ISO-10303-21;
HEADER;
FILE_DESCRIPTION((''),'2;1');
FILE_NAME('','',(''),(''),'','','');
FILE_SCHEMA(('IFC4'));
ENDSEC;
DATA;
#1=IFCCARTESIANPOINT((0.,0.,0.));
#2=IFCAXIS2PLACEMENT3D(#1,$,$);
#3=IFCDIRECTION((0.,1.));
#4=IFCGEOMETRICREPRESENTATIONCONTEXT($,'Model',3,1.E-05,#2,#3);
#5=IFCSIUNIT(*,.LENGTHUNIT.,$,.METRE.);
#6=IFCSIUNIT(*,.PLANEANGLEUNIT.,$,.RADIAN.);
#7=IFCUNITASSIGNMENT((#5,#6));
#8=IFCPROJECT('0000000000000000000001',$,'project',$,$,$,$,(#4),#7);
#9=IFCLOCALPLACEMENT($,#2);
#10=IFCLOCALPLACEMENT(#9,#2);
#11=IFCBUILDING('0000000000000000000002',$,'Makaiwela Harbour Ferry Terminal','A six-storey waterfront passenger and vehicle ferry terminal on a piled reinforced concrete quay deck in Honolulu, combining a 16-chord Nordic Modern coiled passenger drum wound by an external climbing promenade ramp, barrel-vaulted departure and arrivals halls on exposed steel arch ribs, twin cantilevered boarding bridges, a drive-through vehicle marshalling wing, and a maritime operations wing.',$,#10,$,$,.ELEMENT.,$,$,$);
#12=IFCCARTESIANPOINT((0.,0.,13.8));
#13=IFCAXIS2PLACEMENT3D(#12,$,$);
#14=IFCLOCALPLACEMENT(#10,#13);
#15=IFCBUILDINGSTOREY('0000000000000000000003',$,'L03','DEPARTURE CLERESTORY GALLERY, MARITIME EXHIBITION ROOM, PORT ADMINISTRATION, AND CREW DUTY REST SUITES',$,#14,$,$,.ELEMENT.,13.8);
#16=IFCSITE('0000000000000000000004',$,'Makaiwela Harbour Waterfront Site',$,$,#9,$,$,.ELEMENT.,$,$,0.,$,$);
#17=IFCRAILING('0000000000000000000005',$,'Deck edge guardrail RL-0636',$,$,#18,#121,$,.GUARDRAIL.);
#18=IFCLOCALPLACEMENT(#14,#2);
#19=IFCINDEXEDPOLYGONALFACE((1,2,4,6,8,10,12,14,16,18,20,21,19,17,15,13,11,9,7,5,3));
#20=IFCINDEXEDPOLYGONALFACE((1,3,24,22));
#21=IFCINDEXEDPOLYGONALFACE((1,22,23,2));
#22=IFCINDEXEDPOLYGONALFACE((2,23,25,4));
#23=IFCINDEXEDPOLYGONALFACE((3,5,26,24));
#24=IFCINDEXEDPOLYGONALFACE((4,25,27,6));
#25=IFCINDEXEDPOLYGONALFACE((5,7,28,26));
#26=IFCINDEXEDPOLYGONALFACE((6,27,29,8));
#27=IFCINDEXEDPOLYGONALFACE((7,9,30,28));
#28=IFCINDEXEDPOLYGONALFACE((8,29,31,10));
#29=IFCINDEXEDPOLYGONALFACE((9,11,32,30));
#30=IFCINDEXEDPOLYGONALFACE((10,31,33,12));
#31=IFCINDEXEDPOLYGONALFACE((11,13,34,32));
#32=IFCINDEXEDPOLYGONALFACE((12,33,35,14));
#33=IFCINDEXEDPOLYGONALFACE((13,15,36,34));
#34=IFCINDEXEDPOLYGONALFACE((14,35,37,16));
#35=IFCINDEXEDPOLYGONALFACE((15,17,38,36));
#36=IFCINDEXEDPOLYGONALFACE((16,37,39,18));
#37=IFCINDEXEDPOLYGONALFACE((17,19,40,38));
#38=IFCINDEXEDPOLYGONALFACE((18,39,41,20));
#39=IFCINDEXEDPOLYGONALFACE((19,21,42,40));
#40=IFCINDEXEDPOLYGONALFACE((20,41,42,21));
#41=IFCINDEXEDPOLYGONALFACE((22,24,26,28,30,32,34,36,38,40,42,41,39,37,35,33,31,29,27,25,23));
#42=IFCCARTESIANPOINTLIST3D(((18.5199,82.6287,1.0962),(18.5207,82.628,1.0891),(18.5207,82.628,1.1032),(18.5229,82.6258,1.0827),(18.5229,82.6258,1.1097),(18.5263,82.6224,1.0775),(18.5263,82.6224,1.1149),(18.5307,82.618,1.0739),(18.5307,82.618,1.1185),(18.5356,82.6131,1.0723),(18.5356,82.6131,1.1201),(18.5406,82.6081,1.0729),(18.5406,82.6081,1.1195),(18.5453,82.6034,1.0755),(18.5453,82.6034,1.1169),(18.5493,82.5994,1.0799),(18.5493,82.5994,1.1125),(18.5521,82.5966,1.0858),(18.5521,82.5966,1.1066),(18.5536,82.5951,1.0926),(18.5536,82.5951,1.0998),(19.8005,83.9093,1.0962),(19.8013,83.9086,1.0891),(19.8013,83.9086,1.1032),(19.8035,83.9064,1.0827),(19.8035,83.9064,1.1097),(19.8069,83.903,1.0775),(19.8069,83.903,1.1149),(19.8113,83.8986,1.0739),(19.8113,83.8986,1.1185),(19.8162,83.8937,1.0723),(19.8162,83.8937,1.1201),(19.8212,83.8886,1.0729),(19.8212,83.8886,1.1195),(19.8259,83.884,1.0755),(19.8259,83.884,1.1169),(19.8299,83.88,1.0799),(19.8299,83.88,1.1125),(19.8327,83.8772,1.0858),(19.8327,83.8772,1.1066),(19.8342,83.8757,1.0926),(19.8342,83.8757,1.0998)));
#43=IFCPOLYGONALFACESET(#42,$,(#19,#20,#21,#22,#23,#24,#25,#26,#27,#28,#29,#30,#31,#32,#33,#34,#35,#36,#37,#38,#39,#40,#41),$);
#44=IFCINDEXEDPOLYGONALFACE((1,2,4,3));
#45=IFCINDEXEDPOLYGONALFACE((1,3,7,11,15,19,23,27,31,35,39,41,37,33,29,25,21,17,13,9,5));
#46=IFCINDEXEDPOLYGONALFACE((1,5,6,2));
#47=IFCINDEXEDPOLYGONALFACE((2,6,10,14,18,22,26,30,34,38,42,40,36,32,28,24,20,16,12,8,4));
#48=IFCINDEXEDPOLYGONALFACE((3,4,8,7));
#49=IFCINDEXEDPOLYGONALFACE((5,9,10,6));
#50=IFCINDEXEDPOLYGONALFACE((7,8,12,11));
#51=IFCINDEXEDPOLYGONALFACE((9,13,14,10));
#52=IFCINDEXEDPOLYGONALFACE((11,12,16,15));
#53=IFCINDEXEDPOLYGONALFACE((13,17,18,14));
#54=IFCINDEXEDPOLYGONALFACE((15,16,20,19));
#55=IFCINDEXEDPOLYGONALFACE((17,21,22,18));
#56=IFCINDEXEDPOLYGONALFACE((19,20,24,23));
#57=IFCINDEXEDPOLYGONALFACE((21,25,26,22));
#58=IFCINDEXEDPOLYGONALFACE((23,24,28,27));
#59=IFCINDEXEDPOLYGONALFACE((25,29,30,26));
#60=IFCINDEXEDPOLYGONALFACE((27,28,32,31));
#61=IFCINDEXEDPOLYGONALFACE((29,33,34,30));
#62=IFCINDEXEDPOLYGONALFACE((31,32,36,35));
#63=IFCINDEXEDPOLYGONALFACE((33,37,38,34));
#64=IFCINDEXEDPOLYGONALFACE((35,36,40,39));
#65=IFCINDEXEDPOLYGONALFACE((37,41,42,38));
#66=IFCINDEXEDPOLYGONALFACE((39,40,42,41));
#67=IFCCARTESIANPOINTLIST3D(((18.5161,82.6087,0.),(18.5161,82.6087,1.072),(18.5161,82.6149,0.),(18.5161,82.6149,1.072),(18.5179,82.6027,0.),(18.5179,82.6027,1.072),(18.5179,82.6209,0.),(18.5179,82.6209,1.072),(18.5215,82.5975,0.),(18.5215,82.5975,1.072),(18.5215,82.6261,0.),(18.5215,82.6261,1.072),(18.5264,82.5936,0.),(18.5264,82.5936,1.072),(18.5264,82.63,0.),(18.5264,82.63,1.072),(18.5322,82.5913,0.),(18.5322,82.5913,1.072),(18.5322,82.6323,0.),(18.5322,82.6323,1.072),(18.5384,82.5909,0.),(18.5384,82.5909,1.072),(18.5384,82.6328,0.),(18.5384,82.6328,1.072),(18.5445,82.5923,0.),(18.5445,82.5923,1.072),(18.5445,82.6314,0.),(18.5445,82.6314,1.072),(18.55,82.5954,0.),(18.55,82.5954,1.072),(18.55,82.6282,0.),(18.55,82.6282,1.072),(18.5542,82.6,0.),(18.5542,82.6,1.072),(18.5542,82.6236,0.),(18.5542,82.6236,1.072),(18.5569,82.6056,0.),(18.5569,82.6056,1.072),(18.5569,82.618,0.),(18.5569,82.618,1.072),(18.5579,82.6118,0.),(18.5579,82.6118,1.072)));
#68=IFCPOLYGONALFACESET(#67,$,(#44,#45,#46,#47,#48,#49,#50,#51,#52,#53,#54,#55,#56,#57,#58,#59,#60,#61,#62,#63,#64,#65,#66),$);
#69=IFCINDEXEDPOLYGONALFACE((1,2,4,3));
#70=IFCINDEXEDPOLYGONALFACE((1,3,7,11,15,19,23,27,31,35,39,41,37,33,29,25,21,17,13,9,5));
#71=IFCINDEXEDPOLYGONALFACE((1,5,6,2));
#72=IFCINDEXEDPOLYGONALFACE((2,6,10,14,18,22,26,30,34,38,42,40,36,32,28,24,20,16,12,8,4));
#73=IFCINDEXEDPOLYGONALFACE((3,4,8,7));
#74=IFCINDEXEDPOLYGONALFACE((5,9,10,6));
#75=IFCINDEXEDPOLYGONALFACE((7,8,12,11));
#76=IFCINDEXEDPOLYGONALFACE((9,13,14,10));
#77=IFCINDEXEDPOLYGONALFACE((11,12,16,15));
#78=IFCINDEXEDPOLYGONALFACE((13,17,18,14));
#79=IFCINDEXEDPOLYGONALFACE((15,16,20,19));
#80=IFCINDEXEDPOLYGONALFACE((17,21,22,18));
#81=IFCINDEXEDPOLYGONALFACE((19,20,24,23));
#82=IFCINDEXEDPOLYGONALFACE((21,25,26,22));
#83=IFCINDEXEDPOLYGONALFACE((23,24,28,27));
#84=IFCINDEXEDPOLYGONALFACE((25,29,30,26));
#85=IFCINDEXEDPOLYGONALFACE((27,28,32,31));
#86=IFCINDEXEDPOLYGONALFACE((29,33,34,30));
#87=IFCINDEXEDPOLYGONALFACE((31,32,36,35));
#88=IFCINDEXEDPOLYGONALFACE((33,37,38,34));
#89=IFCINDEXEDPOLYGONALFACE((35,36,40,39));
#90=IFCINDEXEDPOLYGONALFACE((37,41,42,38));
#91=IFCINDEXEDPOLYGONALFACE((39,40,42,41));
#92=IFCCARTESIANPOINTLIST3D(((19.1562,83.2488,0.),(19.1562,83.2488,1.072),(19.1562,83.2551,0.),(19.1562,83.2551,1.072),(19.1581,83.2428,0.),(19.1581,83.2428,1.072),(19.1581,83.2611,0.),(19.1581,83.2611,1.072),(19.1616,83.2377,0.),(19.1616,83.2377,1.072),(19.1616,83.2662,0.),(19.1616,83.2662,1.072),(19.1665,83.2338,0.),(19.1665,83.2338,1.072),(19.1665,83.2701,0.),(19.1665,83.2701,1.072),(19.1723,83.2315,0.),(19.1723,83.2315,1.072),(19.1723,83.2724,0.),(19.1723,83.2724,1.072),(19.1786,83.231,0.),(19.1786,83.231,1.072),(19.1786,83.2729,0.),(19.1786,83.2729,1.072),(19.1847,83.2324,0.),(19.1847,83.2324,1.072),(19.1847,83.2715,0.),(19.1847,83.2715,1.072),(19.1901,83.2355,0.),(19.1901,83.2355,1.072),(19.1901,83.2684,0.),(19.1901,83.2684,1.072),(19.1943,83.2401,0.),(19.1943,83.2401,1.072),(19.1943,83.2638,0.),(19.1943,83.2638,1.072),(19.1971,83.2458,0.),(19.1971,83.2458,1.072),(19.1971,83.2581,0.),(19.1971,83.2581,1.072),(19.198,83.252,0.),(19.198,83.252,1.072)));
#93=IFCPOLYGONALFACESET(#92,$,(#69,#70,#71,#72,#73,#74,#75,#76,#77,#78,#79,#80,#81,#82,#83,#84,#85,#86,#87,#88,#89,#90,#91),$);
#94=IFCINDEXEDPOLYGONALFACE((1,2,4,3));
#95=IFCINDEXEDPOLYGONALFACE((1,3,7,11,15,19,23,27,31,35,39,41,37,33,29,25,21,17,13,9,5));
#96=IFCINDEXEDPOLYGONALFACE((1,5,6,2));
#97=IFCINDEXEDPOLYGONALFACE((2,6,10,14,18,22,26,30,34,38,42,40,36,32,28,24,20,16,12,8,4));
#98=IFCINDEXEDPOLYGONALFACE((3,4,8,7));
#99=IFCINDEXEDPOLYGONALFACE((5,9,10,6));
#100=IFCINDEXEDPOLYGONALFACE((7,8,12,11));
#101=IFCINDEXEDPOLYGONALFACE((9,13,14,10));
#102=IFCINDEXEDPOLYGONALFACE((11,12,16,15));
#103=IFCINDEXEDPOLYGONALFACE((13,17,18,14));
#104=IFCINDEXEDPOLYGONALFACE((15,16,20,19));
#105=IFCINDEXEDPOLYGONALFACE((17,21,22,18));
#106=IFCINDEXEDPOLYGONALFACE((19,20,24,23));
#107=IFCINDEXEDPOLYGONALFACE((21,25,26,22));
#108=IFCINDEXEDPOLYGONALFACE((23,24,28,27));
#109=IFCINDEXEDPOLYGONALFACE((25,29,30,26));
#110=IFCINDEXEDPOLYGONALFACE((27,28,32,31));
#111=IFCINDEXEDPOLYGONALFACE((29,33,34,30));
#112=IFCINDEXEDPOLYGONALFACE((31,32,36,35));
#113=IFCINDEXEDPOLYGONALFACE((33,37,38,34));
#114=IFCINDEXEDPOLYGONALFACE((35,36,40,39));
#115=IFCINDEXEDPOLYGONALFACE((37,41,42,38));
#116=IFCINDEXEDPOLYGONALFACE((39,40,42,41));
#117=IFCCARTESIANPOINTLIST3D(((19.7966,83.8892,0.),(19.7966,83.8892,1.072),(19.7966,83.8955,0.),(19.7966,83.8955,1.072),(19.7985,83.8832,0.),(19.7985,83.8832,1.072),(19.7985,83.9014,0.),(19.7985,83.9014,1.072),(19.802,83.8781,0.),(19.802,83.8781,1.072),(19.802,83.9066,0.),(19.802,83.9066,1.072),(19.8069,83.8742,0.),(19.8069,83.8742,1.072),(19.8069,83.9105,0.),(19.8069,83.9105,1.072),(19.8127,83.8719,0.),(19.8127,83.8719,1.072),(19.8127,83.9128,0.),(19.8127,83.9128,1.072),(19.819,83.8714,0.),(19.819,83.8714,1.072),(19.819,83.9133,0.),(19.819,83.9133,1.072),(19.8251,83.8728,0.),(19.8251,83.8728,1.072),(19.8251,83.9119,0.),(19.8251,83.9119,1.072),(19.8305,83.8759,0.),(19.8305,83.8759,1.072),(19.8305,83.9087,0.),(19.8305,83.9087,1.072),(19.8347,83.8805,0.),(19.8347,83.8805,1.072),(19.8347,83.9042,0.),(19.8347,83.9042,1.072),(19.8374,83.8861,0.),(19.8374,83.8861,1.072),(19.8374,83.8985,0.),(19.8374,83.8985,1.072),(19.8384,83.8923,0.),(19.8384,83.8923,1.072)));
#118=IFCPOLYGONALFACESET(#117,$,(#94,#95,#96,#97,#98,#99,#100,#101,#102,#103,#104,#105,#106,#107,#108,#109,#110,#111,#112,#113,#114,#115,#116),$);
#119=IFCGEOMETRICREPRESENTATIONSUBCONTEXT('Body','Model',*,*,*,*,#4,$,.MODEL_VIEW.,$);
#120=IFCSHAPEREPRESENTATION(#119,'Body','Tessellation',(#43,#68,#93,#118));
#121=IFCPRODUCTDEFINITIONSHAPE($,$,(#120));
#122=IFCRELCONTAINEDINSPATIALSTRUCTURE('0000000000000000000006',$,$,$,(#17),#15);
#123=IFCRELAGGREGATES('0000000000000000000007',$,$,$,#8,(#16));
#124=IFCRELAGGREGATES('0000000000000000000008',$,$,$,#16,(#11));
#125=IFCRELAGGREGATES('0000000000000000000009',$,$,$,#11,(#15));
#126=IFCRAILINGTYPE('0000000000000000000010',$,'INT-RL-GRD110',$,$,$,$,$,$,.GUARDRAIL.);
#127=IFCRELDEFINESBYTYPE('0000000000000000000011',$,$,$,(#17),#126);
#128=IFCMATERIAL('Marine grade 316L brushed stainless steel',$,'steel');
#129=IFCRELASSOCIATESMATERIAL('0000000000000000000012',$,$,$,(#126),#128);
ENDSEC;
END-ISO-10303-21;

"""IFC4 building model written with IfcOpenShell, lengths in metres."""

from ifc_helpers import new_model, si_unit, direction, frame, origin, origin_2d, place, context, subcontext, project, spatial, circle, extrude, material, type_object, element, save


model = new_model("IFC4")

# Units and contexts
model_context = context("Model", 3, precision=1e-05, world=origin(), true_north=direction((0.0, 1.0)))
body_context = subcontext(model_context, "Body", "Model", "MODEL_VIEW")
ifc_project = project(units=[si_unit("LENGTHUNIT", "METRE"), si_unit("PLANEANGLEUNIT", "RADIAN")], contexts=[model_context])

# Site, building, storey
site_placement = place(None, origin())
site = spatial("IfcSite", under=ifc_project, at=site_placement, Name="Makaiwela Harbour Waterfront Site", CompositionType="ELEMENT", RefElevation=0.0)
building_placement = place(site_placement, origin())
building = spatial("IfcBuilding", under=site, at=building_placement, Name="Makaiwela Harbour Ferry Terminal", Description="A six-storey waterfront passenger and vehicle ferry terminal on a piled reinforced concrete quay deck in Honolulu, combining a 16-chord Nordic Modern coiled passenger drum wound by an external climbing promenade ramp, barrel-vaulted departure and arrivals halls on exposed steel arch ribs, twin cantilevered boarding bridges, a drive-through vehicle marshalling wing, and a maritime operations wing.", CompositionType="ELEMENT")
storey_placement = place(building_placement, frame((0.0, 0.0, 13.8)))
storey = spatial("IfcBuildingStorey", under=building, at=storey_placement, Name="L03", Description="DEPARTURE CLERESTORY GALLERY, MARITIME EXHIBITION ROOM, PORT ADMINISTRATION, AND CREW DUTY REST SUITES", CompositionType="ELEMENT", Elevation=13.8)

# Railing
ifc_material_1 = material(Name="Marine grade 316L brushed stainless steel", Category="steel")
railing_type_1 = type_object("IfcRailingType", Name="INT-RL-GRD110", PredefinedType="GUARDRAIL", material=ifc_material_1)
railing_1_placement = place(storey_placement, frame((18.5369, 82.6118, 0.0)))
element("IfcRailing", 1, at=railing_1_placement, inside=storey, type_object=railing_type_1, Name="Deck edge guardrail RL-0636", PredefinedType="GUARDRAIL", context=body_context, shape_type="SweptSolid", body=[
    extrude(circle(Radius=0.0239, at=origin_2d()), frame((0.0, 0.0, 1.0962), z_axis=(0.707107, 0.707107, 0.0), x_axis=(-0.707107, 0.707107, 0.0)), (0.0, 0.0, 1.0), 1.811),
    extrude(circle(Radius=0.021, at=origin_2d()), origin(), (0.0, 0.0, 1.0), 1.072),
    extrude(circle(Radius=0.021, at=origin_2d()), frame((0.6401, 0.6401, 0.0)), (0.0, 0.0, 1.0), 1.072),
    extrude(circle(Radius=0.021, at=origin_2d()), frame((1.2805, 1.2805, 0.0)), (0.0, 0.0, 1.0), 1.072),
])

save(model, "model.ifc")
